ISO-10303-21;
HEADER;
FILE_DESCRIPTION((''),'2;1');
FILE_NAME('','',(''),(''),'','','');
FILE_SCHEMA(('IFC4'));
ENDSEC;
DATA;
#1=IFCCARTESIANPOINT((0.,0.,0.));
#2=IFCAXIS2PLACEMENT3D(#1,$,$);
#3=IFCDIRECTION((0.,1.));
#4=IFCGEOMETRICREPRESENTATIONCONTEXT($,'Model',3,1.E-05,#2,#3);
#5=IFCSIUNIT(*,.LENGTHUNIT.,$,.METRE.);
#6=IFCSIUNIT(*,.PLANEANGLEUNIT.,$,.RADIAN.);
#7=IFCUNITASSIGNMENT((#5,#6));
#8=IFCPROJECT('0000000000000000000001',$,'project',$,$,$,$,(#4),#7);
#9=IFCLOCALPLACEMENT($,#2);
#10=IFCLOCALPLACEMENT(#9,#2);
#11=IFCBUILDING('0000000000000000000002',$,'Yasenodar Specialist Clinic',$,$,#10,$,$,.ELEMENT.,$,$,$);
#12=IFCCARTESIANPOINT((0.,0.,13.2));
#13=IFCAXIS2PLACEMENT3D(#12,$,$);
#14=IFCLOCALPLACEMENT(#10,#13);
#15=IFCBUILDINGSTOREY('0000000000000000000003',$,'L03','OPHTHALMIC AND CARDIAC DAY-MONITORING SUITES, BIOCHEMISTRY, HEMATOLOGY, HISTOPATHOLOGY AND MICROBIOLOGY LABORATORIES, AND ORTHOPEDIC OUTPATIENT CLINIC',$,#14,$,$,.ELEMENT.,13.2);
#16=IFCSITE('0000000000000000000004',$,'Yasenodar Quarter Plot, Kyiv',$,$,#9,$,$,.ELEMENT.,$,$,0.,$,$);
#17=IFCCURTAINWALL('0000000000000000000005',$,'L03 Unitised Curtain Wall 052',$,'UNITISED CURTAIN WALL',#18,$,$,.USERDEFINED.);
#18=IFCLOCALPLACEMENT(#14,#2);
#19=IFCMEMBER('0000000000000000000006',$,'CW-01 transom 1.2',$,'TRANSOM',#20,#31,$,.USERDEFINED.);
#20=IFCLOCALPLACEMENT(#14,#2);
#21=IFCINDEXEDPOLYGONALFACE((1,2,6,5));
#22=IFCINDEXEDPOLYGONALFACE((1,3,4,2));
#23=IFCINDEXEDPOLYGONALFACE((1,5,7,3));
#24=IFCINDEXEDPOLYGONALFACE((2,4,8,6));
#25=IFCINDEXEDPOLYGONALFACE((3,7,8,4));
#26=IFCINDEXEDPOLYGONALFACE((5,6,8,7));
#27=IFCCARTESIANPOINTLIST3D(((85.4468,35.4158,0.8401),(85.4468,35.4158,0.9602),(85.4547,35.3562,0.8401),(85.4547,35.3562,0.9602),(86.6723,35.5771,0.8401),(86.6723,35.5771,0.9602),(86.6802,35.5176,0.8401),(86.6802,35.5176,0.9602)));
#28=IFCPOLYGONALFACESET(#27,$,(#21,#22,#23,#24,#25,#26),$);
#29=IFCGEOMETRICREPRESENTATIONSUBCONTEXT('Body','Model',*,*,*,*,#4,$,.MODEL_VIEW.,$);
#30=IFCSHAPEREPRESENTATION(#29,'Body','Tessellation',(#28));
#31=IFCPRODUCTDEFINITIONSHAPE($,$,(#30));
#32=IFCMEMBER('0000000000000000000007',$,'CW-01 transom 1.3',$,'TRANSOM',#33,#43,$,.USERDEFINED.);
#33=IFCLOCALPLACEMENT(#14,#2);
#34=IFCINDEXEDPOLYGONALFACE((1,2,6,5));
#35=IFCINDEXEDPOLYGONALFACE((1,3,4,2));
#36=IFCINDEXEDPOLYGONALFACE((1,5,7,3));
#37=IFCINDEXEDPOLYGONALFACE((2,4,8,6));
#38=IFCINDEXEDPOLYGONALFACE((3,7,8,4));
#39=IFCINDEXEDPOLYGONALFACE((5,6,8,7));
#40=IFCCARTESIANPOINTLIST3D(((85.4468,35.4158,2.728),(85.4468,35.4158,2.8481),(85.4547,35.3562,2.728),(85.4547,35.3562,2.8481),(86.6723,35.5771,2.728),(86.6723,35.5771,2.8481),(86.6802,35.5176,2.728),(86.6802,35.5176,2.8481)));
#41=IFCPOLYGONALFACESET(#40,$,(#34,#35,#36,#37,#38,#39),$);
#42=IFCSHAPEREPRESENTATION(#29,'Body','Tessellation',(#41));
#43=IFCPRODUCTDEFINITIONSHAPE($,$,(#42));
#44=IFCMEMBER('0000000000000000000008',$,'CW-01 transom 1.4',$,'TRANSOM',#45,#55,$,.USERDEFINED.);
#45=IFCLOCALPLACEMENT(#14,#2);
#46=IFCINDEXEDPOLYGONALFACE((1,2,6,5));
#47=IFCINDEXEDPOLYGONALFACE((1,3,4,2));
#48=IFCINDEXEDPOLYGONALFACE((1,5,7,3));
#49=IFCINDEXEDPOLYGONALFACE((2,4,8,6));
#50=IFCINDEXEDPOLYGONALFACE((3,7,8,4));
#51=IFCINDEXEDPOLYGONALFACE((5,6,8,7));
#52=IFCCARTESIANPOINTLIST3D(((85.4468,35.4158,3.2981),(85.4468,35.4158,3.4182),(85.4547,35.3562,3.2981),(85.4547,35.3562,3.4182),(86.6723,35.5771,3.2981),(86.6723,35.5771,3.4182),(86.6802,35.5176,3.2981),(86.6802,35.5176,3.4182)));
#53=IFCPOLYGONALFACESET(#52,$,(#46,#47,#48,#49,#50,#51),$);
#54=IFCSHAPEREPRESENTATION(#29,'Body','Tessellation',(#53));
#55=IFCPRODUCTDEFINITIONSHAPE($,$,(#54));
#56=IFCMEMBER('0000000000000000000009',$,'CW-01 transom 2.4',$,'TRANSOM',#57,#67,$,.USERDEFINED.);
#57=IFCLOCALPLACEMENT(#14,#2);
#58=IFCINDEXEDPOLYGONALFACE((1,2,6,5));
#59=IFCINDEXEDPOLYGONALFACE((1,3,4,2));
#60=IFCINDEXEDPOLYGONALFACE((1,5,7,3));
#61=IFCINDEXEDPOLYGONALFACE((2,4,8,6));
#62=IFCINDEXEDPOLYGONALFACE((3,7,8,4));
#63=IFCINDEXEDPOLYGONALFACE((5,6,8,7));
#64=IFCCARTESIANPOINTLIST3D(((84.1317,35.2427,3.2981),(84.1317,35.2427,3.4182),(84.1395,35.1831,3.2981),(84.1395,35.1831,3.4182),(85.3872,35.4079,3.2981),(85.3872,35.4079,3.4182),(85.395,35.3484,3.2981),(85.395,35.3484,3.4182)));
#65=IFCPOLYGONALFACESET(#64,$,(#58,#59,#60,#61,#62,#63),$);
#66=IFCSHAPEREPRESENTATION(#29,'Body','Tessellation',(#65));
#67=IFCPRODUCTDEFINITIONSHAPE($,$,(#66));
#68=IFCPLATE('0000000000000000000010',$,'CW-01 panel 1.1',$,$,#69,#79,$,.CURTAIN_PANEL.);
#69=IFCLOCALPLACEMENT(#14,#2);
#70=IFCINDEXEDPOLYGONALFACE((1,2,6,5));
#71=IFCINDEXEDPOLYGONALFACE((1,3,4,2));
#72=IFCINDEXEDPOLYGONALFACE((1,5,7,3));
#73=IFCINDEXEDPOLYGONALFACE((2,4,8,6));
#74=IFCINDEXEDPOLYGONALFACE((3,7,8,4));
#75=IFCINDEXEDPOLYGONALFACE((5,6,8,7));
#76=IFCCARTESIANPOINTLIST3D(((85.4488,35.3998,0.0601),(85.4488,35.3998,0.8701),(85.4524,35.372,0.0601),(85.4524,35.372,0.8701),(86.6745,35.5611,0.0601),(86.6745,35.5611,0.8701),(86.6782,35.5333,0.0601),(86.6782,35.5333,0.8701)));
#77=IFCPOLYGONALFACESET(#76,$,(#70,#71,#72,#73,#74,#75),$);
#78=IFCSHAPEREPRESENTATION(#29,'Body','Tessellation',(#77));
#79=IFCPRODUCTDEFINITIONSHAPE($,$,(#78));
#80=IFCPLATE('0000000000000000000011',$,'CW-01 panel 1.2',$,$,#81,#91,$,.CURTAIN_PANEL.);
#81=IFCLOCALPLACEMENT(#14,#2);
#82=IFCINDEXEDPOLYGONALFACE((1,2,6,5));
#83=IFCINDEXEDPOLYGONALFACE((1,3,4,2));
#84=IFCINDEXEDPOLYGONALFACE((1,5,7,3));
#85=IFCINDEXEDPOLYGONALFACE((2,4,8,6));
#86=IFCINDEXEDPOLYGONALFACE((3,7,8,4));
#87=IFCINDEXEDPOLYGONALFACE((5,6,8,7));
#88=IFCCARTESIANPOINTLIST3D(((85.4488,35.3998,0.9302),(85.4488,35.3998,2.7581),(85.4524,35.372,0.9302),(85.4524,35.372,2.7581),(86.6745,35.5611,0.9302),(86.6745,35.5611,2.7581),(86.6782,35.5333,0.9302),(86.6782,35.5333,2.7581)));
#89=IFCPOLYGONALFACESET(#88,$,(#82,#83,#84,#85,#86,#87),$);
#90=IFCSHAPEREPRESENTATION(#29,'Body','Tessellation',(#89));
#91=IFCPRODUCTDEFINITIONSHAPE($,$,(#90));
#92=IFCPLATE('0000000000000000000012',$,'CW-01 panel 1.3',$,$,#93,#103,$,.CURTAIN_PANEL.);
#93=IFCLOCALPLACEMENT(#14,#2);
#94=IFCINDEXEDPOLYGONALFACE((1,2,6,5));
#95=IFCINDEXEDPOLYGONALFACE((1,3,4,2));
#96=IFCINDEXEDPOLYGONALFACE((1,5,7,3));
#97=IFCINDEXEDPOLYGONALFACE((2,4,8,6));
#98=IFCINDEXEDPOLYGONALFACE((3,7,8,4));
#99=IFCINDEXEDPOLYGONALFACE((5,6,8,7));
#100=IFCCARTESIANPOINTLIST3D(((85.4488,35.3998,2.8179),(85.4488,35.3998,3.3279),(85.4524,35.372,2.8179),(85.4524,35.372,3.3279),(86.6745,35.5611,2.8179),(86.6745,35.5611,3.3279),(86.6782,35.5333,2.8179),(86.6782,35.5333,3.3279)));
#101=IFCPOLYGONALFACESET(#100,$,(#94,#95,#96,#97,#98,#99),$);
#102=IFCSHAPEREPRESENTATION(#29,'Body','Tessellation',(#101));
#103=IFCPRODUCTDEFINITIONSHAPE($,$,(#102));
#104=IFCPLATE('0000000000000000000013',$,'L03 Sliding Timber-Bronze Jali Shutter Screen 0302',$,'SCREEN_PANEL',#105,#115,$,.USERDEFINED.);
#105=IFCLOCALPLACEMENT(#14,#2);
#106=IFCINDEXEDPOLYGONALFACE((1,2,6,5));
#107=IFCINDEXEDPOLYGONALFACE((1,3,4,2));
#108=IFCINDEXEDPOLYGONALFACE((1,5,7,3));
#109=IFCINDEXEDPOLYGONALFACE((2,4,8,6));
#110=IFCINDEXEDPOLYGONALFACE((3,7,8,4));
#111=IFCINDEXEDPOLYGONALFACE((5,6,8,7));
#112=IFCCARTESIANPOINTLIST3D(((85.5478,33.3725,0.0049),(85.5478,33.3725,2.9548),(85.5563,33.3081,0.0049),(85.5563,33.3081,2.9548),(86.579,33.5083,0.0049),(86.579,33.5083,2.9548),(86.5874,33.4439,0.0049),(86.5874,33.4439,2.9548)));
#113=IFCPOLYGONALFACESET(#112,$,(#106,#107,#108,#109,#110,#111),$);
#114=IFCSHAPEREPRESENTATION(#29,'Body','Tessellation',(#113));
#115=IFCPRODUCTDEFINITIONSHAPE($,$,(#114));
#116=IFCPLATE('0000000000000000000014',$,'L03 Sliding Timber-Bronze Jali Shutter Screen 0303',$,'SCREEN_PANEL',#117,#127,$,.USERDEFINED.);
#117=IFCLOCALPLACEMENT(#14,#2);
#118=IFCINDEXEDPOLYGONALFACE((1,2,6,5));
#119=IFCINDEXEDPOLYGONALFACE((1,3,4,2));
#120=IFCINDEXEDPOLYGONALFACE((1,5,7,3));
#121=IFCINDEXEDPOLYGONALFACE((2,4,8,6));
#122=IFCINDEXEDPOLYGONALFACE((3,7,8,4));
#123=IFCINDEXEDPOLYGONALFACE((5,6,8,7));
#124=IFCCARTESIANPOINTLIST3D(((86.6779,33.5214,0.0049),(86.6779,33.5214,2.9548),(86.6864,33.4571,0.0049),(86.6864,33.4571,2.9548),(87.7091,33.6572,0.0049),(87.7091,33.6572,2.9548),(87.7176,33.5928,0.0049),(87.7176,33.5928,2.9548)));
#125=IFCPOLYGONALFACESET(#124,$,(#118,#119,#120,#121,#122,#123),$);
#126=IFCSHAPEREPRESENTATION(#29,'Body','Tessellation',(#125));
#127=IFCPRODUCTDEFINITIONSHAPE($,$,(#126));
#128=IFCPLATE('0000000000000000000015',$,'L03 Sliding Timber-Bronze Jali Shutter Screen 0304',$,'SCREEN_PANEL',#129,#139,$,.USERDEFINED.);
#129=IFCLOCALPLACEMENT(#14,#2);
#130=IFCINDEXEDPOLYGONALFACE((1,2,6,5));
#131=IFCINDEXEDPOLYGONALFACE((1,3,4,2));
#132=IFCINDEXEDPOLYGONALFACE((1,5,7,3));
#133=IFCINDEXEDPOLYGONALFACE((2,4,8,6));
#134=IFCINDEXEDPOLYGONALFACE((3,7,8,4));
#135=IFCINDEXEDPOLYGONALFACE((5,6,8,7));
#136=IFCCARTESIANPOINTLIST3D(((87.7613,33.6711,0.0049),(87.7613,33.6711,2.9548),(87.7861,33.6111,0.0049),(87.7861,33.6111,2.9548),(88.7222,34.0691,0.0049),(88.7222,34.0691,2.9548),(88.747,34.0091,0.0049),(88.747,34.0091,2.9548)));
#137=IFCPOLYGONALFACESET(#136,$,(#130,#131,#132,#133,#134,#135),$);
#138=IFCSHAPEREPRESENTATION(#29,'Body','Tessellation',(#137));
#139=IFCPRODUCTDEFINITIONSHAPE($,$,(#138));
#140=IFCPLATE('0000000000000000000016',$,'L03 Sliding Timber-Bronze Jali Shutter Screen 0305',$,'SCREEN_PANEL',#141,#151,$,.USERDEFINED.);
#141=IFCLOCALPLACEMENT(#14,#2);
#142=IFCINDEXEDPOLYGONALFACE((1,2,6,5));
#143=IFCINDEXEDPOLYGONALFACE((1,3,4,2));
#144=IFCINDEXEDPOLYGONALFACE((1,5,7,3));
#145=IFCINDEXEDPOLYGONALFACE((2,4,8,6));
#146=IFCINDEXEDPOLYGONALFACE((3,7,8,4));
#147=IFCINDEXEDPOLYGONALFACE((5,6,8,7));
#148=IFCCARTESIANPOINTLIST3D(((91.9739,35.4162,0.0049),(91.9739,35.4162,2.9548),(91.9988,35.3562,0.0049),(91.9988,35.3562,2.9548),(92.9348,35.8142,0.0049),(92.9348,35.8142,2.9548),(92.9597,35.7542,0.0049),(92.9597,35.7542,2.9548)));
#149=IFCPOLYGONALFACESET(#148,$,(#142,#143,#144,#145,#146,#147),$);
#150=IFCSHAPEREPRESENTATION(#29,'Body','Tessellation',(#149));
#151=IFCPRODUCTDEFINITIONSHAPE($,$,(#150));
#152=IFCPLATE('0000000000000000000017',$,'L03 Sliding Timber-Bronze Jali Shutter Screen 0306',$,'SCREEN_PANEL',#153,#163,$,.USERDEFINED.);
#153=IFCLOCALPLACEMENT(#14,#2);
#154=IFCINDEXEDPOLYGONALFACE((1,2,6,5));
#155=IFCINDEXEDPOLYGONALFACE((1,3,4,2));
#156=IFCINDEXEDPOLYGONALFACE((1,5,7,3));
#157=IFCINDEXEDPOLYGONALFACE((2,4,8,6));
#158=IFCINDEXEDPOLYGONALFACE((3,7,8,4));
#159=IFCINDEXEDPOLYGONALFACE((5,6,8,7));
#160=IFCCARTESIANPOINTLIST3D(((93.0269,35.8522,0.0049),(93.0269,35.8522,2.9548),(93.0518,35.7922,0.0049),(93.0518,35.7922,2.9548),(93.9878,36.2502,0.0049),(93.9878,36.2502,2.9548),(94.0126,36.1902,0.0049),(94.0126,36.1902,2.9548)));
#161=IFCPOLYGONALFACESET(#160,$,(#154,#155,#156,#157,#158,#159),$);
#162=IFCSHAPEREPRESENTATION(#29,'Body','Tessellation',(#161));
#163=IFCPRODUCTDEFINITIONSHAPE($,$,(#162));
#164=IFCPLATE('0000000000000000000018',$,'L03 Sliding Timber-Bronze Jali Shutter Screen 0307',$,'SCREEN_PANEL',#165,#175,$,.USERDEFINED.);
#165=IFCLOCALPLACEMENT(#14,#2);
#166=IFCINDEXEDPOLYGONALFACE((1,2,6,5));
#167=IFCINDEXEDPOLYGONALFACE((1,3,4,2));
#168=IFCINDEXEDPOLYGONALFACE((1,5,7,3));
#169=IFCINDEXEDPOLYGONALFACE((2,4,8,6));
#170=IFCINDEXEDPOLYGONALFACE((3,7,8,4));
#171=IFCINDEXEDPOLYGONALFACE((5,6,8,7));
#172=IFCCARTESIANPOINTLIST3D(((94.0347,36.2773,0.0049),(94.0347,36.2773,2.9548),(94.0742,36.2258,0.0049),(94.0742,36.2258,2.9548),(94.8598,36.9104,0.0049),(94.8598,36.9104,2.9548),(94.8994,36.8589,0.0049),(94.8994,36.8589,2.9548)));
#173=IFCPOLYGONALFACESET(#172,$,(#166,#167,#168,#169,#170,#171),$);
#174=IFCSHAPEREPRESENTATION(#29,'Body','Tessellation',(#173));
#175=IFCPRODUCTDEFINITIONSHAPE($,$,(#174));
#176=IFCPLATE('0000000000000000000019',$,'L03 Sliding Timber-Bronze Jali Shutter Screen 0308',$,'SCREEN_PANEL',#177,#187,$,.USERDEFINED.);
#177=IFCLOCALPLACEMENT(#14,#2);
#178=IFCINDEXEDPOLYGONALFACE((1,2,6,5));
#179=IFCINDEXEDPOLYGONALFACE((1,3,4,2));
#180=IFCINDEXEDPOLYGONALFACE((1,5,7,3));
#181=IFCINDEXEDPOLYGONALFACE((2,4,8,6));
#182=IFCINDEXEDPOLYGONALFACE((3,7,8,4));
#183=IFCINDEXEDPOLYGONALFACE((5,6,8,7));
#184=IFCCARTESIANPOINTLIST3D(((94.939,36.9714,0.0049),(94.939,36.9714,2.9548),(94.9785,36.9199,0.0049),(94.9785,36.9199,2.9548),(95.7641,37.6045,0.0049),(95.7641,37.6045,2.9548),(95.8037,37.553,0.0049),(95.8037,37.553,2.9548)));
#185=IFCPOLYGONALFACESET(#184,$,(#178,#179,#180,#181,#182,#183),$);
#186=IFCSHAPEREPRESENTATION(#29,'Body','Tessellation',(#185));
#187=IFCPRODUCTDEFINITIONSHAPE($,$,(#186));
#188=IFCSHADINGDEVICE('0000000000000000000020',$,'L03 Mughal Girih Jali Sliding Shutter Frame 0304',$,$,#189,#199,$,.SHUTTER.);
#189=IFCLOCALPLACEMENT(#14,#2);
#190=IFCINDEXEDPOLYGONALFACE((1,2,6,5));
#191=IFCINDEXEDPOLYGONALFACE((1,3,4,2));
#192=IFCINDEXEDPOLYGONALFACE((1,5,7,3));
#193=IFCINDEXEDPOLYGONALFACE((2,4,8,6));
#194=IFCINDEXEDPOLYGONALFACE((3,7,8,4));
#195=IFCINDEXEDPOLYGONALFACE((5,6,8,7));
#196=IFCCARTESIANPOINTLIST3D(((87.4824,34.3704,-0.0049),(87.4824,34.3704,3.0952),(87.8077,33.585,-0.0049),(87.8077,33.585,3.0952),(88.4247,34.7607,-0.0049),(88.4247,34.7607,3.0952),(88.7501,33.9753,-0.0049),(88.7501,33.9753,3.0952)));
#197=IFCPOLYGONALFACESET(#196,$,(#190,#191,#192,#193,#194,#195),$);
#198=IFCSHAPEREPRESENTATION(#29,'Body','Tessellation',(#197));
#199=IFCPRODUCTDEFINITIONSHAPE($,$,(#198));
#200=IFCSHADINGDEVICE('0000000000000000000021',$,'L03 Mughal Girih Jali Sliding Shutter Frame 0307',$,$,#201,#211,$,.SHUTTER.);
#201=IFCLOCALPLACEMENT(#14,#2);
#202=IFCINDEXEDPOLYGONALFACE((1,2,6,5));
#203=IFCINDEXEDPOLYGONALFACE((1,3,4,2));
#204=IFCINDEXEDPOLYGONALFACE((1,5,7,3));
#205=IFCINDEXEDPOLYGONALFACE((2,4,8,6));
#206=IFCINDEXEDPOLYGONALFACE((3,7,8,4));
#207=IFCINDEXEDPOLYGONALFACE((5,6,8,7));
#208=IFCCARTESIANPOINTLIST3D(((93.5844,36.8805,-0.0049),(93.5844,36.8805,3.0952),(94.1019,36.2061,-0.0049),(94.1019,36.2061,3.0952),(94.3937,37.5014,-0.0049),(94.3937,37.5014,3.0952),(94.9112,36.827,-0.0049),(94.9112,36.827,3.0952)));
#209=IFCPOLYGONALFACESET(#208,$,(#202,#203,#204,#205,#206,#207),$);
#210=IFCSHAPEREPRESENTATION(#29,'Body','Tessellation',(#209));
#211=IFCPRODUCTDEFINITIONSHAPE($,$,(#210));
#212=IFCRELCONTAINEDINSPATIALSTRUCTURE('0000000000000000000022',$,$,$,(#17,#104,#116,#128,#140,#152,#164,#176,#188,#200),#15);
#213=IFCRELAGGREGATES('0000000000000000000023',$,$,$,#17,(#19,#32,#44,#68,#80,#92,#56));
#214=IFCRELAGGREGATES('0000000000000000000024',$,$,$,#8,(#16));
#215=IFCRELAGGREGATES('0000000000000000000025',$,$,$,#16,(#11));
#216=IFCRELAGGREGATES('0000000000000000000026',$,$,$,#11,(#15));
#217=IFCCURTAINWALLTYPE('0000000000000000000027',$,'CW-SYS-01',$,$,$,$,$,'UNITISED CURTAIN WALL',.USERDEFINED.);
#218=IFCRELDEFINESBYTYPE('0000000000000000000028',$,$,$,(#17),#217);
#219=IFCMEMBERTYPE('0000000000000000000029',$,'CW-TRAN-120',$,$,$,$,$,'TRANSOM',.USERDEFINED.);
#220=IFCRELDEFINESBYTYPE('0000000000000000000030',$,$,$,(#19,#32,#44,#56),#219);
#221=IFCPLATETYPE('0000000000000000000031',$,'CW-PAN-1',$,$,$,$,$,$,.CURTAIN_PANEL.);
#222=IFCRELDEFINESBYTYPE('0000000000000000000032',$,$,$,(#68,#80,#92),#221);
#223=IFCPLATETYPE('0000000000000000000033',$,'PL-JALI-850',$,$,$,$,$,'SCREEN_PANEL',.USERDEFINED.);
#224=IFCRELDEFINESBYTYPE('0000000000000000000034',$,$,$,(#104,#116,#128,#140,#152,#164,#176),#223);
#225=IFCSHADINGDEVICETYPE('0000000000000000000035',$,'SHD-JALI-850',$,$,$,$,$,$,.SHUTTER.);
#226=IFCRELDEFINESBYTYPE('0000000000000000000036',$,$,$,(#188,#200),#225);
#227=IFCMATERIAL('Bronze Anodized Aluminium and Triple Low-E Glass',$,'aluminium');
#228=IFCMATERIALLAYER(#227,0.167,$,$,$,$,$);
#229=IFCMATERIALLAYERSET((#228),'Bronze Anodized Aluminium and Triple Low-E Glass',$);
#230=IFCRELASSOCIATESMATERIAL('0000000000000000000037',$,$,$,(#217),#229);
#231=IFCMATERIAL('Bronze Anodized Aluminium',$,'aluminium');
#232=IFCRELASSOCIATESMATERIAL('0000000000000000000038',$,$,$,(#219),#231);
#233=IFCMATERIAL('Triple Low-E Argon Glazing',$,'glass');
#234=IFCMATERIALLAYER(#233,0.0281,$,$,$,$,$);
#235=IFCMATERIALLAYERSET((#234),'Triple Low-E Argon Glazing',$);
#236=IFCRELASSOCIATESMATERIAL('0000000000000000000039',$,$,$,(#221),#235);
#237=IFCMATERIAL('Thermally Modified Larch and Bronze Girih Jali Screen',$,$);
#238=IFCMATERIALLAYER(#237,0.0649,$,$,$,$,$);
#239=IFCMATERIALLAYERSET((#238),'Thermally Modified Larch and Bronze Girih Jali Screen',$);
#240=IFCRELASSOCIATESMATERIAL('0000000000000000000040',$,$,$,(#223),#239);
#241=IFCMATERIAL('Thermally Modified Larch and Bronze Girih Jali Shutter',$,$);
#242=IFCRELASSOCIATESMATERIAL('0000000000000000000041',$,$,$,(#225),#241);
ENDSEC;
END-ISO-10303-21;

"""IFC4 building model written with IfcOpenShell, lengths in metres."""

from ifc_helpers import new_model, si_unit, direction, frame, origin, origin_2d, place, context, subcontext, project, spatial, rectangle, extrude, material, layer, layer_set, material_profile, profile_set, type_object, element, aggregate, save


model = new_model("IFC4")

# Units and contexts
model_context = context("Model", 3, precision=1e-05, world=origin(), true_north=direction((0.0, 1.0)))
body_context = subcontext(model_context, "Body", "Model", "MODEL_VIEW")
ifc_project = project(units=[si_unit("LENGTHUNIT", "METRE"), si_unit("PLANEANGLEUNIT", "RADIAN")], contexts=[model_context])

# Site, building, storey
site_placement = place(None, origin())
site = spatial("IfcSite", under=ifc_project, at=site_placement, Name="Yasenodar Quarter Plot, Kyiv", CompositionType="ELEMENT", RefElevation=0.0)
building_placement = place(site_placement, origin())
building = spatial("IfcBuilding", under=site, at=building_placement, Name="Yasenodar Specialist Clinic", CompositionType="ELEMENT")
storey_placement = place(building_placement, frame((0.0, 0.0, 13.2)))
storey = spatial("IfcBuildingStorey", under=building, at=storey_placement, Name="L03", Description="OPHTHALMIC AND CARDIAC DAY-MONITORING SUITES, BIOCHEMISTRY, HEMATOLOGY, HISTOPATHOLOGY AND MICROBIOLOGY LABORATORIES, AND ORTHOPEDIC OUTPATIENT CLINIC", CompositionType="ELEMENT", Elevation=13.2)

# Curtain wall, members, plates
ifc_material_1 = material(Name="Bronze Anodized Aluminium and Triple Low-E Glass", Category="aluminium")
ifc_layer_1 = layer(ifc_material_1, 0.167)
ifc_layer_set_1 = layer_set([ifc_layer_1], Name="Bronze Anodized Aluminium and Triple Low-E Glass")
curtain_wall_type = type_object("IfcCurtainWallType", Name="CW-SYS-01", ElementType="UNITISED CURTAIN WALL", PredefinedType="USERDEFINED", material=ifc_layer_set_1)
curtain_wall_placement = place(storey_placement, origin())
curtain_wall = element("IfcCurtainWall", 1, at=curtain_wall_placement, inside=storey, type_object=curtain_wall_type, Name="L03 Unitised Curtain Wall 052", ObjectType="UNITISED CURTAIN WALL", PredefinedType="USERDEFINED")
ifc_material_2 = material(Name="Bronze Anodized Aluminium", Category="aluminium")
ifc_material_profile_1 = material_profile(ifc_material_2, rectangle(XDim=0.0601, YDim=0.1201, at=origin_2d()), Name="CW-TRAN 60x120")
ifc_profile_set_1 = profile_set([ifc_material_profile_1], Name="Bronze Anodized Aluminium")
member_type_1 = type_object("IfcMemberType", Name="CW-TRAN-120", ElementType="TRANSOM", PredefinedType="USERDEFINED", material=ifc_profile_set_1)
member_1_placement = place(storey_placement, frame((86.6763, 35.5474, 0.9001), z_axis=(-0.991442, -0.130546, 0.0), x_axis=(0.130546, -0.991442, 0.0)))
member_1 = element("IfcMember", 2, at=member_1_placement, type_object=member_type_1, Name="CW-01 transom 1.2", ObjectType="TRANSOM", PredefinedType="USERDEFINED", context=body_context, shape_type="SweptSolid", body=[
    extrude(rectangle(XDim=0.0601, YDim=0.1201, at=origin_2d()), origin(), (0.0, 0.0, 1.0), 1.2361),
])
member_2_placement = place(storey_placement, frame((86.6763, 35.5474, 2.7881), z_axis=(-0.991442, -0.130546, 0.0), x_axis=(0.130546, -0.991442, 0.0)))
member_2 = element("IfcMember", 3, at=member_2_placement, type_object=member_type_1, Name="CW-01 transom 1.3", ObjectType="TRANSOM", PredefinedType="USERDEFINED", context=body_context, shape_type="SweptSolid", body=[
    extrude(rectangle(XDim=0.0601, YDim=0.1201, at=origin_2d()), origin(), (0.0, 0.0, 1.0), 1.2361),
])
member_3_placement = place(storey_placement, frame((86.6763, 35.5474, 3.3582), z_axis=(-0.991442, -0.130546, 0.0), x_axis=(0.130546, -0.991442, 0.0)))
member_3 = element("IfcMember", 4, at=member_3_placement, type_object=member_type_1, Name="CW-01 transom 1.4", ObjectType="TRANSOM", PredefinedType="USERDEFINED", context=body_context, shape_type="SweptSolid", body=[
    extrude(rectangle(XDim=0.0601, YDim=0.1201, at=origin_2d()), origin(), (0.0, 0.0, 1.0), 1.2361),
])
member_4_placement = place(storey_placement, frame((85.3911, 35.3782, 3.3582), z_axis=(-0.991447, -0.130509, 0.0), x_axis=(0.130509, -0.991447, 0.0)))
member_4 = element("IfcMember", 5, at=member_4_placement, type_object=member_type_1, Name="CW-01 transom 2.4", ObjectType="TRANSOM", PredefinedType="USERDEFINED", context=body_context, shape_type="SweptSolid", body=[
    extrude(rectangle(XDim=0.0601, YDim=0.1201, at=origin_2d()), origin(), (0.0, 0.0, 1.0), 1.2664),
])
ifc_material_3 = material(Name="Triple Low-E Argon Glazing", Category="glass")
ifc_layer_2 = layer(ifc_material_3, 0.0281)
ifc_layer_set_2 = layer_set([ifc_layer_2], Name="Triple Low-E Argon Glazing")
plate_type_1 = type_object("IfcPlateType", Name="CW-PAN-1", PredefinedType="CURTAIN_PANEL", material=ifc_layer_set_2)
plate_1_placement = place(storey_placement, frame((86.0635, 35.4666, 0.0601), z_axis=(0.0, 0.0, 1.0), x_axis=(-0.991447, -0.130512, 0.0)))
plate_1 = element("IfcPlate", 6, at=plate_1_placement, type_object=plate_type_1, Name="CW-01 panel 1.1", PredefinedType="CURTAIN_PANEL", context=body_context, shape_type="SweptSolid", body=[
    extrude(rectangle(XDim=1.2363, YDim=0.0281, at=origin_2d()), origin(), (0.0, 0.0, 1.0), 0.8101),
])
plate_2_placement = place(storey_placement, frame((86.0635, 35.4666, 0.9302), z_axis=(0.0, 0.0, 1.0), x_axis=(-0.991447, -0.130512, 0.0)))
plate_2 = element("IfcPlate", 7, at=plate_2_placement, type_object=plate_type_1, Name="CW-01 panel 1.2", PredefinedType="CURTAIN_PANEL", context=body_context, shape_type="SweptSolid", body=[
    extrude(rectangle(XDim=1.2363, YDim=0.0281, at=origin_2d()), origin(), (0.0, 0.0, 1.0), 1.8279),
])
plate_3_placement = place(storey_placement, frame((86.0635, 35.4666, 2.8179), z_axis=(0.0, 0.0, 1.0), x_axis=(-0.991447, -0.130512, 0.0)))
plate_3 = element("IfcPlate", 8, at=plate_3_placement, type_object=plate_type_1, Name="CW-01 panel 1.3", PredefinedType="CURTAIN_PANEL", context=body_context, shape_type="SweptSolid", body=[
    extrude(rectangle(XDim=1.2363, YDim=0.0281, at=origin_2d()), origin(), (0.0, 0.0, 1.0), 0.51),
])
aggregate(curtain_wall, [member_1, member_2, member_3, plate_1, plate_2, plate_3, member_4])

# Plates
ifc_material_4 = material(Name="Thermally Modified Larch and Bronze Girih Jali Screen")
ifc_layer_3 = layer(ifc_material_4, 0.0649)
ifc_layer_set_3 = layer_set([ifc_layer_3], Name="Thermally Modified Larch and Bronze Girih Jali Screen")
plate_type_2 = type_object("IfcPlateType", Name="PL-JALI-850", ElementType="SCREEN_PANEL", PredefinedType="USERDEFINED", material=ifc_layer_set_3)
for number, where, z_axis, x_axis, name in (
    (9, (86.0676, 33.4082, 0.0049), (0.0, 0.0, 1.0), (0.991446, 0.130519, 0.0), "L03 Sliding Timber-Bronze Jali Shutter Screen 0302"),
    (10, (87.1978, 33.5571, 0.0049), (0.0, 0.0, 1.0), (0.991446, 0.130519, 0.0), "L03 Sliding Timber-Bronze Jali Shutter Screen 0303"),
    (11, (88.2542, 33.8401, 0.0049), (0.0, 0.0, 1.0), (0.923878, 0.382687, 0.0), "L03 Sliding Timber-Bronze Jali Shutter Screen 0304"),
    (12, (92.4668, 35.5852, 0.0049), (0.0, 0.0, 1.0), (0.923878, 0.382687, 0.0), "L03 Sliding Timber-Bronze Jali Shutter Screen 0305"),
    (13, (93.5198, 36.0212, 0.0049), (0.0, 0.0, 1.0), (0.923878, 0.382687, 0.0), "L03 Sliding Timber-Bronze Jali Shutter Screen 0306"),
    (14, (94.467, 36.5681, 0.0049), (0.0, 0.0, 1.0), (0.793351, 0.608764, 0.0), "L03 Sliding Timber-Bronze Jali Shutter Screen 0307"),
    (15, (95.3713, 37.2622, 0.0049), (0.0, 0.0, 1.0), (0.793351, 0.608764, 0.0), "L03 Sliding Timber-Bronze Jali Shutter Screen 0308"),
):
    element("IfcPlate", number, at=place(storey_placement, frame(where, z_axis=z_axis, x_axis=x_axis)), inside=storey, type_object=plate_type_2, Name=name, ObjectType="SCREEN_PANEL", PredefinedType="USERDEFINED", context=body_context, shape_type="SweptSolid", body=[
        extrude(rectangle(XDim=1.04, YDim=0.0649, at=origin_2d()), origin(), (0.0, 0.0, 1.0), 2.95),
    ])

# Shading devices
ifc_material_5 = material(Name="Thermally Modified Larch and Bronze Girih Jali Shutter")
shading_device_type = type_object("IfcShadingDeviceType", Name="SHD-JALI-850", PredefinedType="SHUTTER", material=ifc_material_5)
for number, where, z_axis, x_axis, name in (
    (16, (88.1162, 34.1729, -0.0049), (0.0, 0.0, 1.0), (0.923878, 0.382687, 0.0), "L03 Mughal Girih Jali Sliding Shutter Frame 0304"),
    (17, (94.2478, 36.8538, -0.0049), (0.0, 0.0, 1.0), (0.793351, 0.608764, 0.0), "L03 Mughal Girih Jali Sliding Shutter Frame 0307"),
):
    element("IfcShadingDevice", number, at=place(storey_placement, frame(where, z_axis=z_axis, x_axis=x_axis)), inside=storey, type_object=shading_device_type, Name=name, PredefinedType="SHUTTER", context=body_context, shape_type="SweptSolid", body=[
        extrude(rectangle(XDim=1.02, YDim=0.8501, at=origin_2d()), origin(), (0.0, 0.0, 1.0), 3.1001),
    ])

save(model, "model.ifc")
